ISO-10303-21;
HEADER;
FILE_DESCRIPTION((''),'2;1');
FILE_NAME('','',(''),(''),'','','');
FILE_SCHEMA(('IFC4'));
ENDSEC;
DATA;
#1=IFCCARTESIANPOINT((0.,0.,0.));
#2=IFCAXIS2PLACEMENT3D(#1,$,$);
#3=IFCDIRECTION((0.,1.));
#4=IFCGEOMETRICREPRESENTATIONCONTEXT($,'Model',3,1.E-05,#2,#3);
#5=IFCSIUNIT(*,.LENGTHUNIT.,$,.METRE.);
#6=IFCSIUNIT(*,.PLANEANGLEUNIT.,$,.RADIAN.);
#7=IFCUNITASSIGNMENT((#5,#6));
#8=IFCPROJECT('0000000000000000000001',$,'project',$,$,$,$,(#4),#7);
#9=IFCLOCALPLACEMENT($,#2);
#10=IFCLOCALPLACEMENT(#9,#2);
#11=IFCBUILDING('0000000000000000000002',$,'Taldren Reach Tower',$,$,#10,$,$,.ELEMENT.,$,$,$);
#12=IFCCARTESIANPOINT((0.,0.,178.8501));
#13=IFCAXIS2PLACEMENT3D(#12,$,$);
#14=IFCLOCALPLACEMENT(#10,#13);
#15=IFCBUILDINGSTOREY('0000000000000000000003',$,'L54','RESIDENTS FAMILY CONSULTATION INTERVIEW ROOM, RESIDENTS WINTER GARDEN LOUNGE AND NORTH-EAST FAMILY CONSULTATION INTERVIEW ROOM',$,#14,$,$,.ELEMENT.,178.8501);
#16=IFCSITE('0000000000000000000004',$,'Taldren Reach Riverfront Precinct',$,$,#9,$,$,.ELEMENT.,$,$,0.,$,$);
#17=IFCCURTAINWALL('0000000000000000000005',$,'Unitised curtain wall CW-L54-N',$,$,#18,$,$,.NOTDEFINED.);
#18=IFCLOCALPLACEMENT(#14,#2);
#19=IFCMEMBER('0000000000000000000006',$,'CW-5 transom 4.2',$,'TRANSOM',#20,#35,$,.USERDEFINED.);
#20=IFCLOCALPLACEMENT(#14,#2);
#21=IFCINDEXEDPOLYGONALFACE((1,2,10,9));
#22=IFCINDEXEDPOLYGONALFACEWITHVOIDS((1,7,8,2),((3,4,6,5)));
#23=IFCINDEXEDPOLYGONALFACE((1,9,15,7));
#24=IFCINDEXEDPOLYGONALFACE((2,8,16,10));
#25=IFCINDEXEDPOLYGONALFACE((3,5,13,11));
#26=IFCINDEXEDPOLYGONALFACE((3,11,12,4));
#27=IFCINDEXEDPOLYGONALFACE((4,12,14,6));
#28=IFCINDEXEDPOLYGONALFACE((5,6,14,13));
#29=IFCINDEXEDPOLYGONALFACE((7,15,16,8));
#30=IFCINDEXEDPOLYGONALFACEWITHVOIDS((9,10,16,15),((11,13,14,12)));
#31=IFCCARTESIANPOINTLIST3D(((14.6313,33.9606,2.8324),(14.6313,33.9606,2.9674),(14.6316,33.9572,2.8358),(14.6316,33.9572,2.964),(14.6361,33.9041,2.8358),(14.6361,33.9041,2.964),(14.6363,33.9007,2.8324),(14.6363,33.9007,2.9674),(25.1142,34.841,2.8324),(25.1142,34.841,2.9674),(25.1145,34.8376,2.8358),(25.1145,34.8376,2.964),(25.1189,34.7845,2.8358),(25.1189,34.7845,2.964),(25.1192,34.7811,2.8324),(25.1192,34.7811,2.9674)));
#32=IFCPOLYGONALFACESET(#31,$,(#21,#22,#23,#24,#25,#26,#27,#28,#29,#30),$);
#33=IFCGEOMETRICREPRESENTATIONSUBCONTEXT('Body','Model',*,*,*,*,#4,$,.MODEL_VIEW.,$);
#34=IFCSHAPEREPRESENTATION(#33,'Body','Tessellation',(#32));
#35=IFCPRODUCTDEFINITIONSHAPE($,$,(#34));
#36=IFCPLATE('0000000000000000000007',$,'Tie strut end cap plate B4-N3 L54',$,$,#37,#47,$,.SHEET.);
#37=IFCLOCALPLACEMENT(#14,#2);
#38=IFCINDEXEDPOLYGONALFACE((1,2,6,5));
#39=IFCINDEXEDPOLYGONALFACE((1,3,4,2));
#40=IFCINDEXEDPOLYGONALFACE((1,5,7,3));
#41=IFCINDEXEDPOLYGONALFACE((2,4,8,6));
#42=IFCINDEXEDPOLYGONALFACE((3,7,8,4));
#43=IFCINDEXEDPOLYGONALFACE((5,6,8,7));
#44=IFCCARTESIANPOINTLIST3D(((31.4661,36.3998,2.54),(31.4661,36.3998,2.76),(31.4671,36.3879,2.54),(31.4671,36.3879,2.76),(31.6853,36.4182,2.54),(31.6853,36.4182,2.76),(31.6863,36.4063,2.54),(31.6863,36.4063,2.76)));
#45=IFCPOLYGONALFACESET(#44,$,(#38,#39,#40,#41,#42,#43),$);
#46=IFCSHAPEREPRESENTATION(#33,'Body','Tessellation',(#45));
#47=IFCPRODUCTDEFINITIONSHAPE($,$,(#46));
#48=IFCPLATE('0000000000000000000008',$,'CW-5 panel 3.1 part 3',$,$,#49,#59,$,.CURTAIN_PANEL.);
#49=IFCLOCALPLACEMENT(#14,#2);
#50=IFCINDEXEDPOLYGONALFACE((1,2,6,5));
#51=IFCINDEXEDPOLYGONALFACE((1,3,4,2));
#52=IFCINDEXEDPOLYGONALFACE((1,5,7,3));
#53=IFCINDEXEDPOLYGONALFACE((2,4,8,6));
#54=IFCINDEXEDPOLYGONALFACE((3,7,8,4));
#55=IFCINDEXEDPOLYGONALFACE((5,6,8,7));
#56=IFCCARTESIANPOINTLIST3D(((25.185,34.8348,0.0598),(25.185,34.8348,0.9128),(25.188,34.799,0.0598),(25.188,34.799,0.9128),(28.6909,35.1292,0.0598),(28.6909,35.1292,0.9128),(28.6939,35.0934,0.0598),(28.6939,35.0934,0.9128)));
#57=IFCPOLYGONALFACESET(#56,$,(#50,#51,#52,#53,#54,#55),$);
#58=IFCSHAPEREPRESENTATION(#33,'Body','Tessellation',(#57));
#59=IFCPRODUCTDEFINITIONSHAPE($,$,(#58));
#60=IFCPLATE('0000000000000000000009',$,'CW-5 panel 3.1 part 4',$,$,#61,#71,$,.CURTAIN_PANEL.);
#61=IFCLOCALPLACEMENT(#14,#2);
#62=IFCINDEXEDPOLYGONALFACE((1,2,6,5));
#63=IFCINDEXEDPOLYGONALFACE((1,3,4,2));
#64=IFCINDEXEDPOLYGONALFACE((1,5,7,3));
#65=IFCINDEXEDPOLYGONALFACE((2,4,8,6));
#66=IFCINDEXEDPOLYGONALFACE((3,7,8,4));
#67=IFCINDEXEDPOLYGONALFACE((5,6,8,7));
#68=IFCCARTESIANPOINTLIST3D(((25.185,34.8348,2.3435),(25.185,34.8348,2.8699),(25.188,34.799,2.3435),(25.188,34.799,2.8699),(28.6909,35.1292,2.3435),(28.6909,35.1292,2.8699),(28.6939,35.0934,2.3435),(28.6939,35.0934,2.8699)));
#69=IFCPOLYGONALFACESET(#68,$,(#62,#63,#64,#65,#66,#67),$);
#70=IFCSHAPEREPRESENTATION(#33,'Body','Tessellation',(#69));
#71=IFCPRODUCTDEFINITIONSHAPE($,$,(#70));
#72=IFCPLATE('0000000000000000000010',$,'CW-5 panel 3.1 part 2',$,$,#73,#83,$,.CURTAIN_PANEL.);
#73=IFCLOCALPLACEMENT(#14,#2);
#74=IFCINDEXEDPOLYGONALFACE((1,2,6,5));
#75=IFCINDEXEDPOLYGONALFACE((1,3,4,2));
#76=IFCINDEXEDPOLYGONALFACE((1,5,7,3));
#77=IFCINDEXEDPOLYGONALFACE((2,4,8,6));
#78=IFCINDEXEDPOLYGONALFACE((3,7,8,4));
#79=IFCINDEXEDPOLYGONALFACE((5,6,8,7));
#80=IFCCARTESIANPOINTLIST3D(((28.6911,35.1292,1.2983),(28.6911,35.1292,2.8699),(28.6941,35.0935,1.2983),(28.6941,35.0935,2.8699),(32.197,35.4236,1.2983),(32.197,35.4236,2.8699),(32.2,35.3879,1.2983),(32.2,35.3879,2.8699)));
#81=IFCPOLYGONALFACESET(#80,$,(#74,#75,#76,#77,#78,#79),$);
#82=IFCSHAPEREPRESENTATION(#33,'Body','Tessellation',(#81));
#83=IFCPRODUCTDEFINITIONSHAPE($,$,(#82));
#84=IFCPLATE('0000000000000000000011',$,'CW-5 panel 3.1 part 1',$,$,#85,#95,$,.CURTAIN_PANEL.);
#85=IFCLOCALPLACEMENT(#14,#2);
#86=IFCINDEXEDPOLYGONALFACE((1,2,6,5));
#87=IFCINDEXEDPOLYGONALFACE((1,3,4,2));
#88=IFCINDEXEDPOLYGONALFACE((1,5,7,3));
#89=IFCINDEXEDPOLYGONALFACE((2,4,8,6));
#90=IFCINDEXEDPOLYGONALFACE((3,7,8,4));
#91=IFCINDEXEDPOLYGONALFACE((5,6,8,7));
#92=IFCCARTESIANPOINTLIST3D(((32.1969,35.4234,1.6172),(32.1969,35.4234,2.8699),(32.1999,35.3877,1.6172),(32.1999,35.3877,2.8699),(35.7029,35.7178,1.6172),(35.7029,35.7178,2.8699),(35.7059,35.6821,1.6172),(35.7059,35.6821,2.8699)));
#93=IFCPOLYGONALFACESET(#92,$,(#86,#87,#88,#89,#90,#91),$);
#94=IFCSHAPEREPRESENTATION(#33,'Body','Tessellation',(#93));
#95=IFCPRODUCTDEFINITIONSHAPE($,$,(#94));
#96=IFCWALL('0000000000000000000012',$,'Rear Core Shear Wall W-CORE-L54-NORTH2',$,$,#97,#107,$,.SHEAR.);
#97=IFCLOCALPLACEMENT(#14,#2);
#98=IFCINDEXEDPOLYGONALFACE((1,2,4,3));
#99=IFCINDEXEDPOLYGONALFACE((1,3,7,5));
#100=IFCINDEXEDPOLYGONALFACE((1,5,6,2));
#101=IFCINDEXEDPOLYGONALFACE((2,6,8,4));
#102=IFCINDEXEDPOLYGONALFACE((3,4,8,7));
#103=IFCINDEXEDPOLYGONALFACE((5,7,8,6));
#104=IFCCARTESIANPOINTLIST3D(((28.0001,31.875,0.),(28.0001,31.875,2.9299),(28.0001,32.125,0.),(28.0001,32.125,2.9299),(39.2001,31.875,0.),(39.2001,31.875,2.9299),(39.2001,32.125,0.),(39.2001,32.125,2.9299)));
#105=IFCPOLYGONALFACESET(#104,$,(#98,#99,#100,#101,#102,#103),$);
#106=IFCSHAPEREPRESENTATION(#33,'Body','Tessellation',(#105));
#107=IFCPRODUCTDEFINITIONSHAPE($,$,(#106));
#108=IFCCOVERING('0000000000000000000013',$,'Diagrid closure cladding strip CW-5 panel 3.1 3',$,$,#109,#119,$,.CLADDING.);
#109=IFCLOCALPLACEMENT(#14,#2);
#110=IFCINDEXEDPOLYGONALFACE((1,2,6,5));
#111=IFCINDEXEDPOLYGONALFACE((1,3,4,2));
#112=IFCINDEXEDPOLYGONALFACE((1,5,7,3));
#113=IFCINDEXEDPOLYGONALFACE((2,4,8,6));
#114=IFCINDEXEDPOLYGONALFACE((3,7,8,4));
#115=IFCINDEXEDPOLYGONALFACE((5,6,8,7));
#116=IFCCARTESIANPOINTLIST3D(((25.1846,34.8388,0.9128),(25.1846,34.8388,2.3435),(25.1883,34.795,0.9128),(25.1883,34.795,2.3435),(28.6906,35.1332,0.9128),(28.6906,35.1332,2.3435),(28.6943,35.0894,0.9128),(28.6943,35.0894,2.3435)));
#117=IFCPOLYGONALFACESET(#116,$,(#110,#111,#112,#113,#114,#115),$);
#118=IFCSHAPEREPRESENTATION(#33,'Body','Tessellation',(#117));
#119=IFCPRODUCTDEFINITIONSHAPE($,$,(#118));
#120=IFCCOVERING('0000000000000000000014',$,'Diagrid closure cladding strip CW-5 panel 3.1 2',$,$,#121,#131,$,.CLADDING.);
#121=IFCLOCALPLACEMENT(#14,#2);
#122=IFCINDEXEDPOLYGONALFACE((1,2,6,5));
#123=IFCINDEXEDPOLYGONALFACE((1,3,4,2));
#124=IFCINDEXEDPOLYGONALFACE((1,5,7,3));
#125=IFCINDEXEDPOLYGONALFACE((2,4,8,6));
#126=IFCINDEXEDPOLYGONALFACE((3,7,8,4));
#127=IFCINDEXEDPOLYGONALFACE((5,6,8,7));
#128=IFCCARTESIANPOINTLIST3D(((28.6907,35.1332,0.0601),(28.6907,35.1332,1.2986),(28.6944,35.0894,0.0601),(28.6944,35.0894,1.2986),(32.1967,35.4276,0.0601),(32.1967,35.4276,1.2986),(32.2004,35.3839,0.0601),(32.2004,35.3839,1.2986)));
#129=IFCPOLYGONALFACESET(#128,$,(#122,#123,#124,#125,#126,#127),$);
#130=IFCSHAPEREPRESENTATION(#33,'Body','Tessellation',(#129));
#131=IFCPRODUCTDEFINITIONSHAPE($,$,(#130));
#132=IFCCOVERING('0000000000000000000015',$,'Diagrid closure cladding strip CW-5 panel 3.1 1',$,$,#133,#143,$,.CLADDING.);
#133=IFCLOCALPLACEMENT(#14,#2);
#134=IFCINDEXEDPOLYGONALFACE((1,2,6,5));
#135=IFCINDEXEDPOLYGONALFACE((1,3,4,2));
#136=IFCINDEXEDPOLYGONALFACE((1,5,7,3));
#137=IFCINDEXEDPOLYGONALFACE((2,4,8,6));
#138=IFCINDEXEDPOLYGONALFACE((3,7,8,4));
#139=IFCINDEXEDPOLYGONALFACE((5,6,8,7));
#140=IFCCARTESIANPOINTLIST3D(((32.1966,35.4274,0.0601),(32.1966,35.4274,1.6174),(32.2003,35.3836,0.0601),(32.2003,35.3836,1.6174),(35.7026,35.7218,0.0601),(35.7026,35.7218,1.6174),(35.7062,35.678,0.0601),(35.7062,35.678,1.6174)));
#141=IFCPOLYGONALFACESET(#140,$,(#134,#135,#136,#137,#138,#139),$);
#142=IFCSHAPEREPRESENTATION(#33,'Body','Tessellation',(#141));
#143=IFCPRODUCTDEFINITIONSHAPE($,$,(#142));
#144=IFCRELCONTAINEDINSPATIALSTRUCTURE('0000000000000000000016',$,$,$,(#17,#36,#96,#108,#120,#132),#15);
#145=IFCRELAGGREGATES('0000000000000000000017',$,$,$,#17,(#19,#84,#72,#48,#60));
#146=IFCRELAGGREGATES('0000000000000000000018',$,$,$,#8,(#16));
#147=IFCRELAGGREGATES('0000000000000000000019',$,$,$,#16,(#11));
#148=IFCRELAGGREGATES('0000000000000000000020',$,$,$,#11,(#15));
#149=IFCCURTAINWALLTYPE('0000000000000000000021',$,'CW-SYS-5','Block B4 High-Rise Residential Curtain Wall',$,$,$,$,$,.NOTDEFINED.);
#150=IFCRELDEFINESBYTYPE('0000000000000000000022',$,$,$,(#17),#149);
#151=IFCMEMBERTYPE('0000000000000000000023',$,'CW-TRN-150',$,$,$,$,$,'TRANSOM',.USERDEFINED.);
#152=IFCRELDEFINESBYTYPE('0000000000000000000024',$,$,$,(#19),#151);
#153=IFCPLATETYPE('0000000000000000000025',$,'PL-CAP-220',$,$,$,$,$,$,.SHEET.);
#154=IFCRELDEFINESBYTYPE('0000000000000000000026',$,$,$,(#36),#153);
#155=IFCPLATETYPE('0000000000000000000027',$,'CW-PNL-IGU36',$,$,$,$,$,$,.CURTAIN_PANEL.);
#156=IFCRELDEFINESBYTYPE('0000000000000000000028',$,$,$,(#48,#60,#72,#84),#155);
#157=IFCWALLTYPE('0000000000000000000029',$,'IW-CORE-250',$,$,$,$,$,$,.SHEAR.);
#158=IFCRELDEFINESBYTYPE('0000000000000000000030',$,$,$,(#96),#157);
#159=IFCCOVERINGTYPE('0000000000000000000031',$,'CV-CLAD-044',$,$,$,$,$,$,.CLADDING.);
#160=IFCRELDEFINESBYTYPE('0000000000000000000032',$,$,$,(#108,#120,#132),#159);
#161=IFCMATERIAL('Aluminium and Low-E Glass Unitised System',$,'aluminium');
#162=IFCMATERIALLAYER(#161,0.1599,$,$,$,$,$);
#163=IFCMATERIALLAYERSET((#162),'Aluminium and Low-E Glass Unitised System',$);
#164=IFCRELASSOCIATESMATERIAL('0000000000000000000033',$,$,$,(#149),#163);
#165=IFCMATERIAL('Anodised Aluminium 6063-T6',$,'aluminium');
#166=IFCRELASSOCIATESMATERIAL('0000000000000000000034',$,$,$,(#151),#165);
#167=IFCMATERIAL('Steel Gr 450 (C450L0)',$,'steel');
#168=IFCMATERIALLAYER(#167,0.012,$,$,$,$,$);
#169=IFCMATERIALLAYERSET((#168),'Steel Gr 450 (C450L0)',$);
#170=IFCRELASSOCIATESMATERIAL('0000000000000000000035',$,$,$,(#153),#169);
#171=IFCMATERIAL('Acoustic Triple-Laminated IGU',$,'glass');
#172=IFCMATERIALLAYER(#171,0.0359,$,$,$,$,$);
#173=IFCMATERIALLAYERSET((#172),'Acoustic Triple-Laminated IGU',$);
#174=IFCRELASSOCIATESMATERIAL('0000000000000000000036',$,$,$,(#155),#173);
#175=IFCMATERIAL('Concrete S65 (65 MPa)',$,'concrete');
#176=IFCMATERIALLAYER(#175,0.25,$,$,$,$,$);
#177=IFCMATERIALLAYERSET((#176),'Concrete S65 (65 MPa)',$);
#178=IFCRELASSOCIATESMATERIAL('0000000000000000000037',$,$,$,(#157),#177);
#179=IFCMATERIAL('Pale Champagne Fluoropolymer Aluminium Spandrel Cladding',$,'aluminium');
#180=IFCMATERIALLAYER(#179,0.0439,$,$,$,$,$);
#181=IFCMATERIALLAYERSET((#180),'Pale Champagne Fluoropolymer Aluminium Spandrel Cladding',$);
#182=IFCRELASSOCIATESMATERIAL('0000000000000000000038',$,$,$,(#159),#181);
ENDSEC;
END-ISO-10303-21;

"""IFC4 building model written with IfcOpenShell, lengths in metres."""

from ifc_helpers import new_model, si_unit, direction, frame, frame_2d, origin, origin_2d, place, context, subcontext, project, spatial, rectangle, hollow_rectangle, extrude, source, transform, mapped, material, layer, layer_set, material_profile, profile_set, type_object, element, aggregate, save


model = new_model("IFC4")

# Units and contexts
model_context = context("Model", 3, precision=1e-05, world=origin(), true_north=direction((0.0, 1.0)))
body_context = subcontext(model_context, "Body", "Model", "MODEL_VIEW")
ifc_project = project(units=[si_unit("LENGTHUNIT", "METRE"), si_unit("PLANEANGLEUNIT", "RADIAN")], contexts=[model_context])

# Site, building, storey
site_placement = place(None, origin())
site = spatial("IfcSite", under=ifc_project, at=site_placement, Name="Taldren Reach Riverfront Precinct", CompositionType="ELEMENT", RefElevation=0.0)
building_placement = place(site_placement, origin())
building = spatial("IfcBuilding", under=site, at=building_placement, Name="Taldren Reach Tower", CompositionType="ELEMENT")
storey_placement = place(building_placement, frame((0.0, 0.0, 178.8501)))
storey = spatial("IfcBuildingStorey", under=building, at=storey_placement, Name="L54", Description="RESIDENTS FAMILY CONSULTATION INTERVIEW ROOM, RESIDENTS WINTER GARDEN LOUNGE AND NORTH-EAST FAMILY CONSULTATION INTERVIEW ROOM", CompositionType="ELEMENT", Elevation=178.8501)

# Shared definitions
ifc_material_1 = material(Name="Steel Gr 450 (C450L0)", Category="steel")

# Curtain wall, member
ifc_material_2 = material(Name="Aluminium and Low-E Glass Unitised System", Category="aluminium")
ifc_layer_1 = layer(ifc_material_2, 0.1599)
ifc_layer_set_1 = layer_set([ifc_layer_1], Name="Aluminium and Low-E Glass Unitised System")
curtain_wall_type = type_object("IfcCurtainWallType", Name="CW-SYS-5", Description="Block B4 High-Rise Residential Curtain Wall", PredefinedType="NOTDEFINED", material=ifc_layer_set_1)
curtain_wall_placement = place(storey_placement, origin())
curtain_wall = element("IfcCurtainWall", 1, at=curtain_wall_placement, inside=storey, type_object=curtain_wall_type, Name="Unitised curtain wall CW-L54-N", PredefinedType="NOTDEFINED")
ifc_material_3 = material(Name="Anodised Aluminium 6063-T6", Category="aluminium")
ifc_material_profile_1 = material_profile(ifc_material_3, hollow_rectangle(XDim=0.0601, YDim=0.135, WallThickness=0.0034, at=origin_2d()), Name="ALU-135x60x3.5RHS")
ifc_profile_set_1 = profile_set([ifc_material_profile_1], Name="Anodised Aluminium 6063-T6")
member_type_1 = type_object("IfcMemberType", Name="CW-TRN-150", ElementType="TRANSOM", PredefinedType="USERDEFINED", material=ifc_profile_set_1)
shared_shape_1 = source(origin(), body_context, "Body", "SweptSolid", [
    extrude(hollow_rectangle(XDim=0.0601, YDim=0.135, WallThickness=0.0034, at=origin_2d()), origin(), (0.0, 0.0, 1.0), 10.5198),
])
member_1_placement = place(storey_placement, frame((25.1167, 34.811, 2.8999), z_axis=(-0.996492, -0.083687, 0.0), x_axis=(0.083687, -0.996492, 0.0)))
member_1 = element("IfcMember", 2, at=member_1_placement, type_object=member_type_1, Name="CW-5 transom 4.2", ObjectType="TRANSOM", PredefinedType="USERDEFINED", context=body_context, shape_type="MappedRepresentation", body=[
    mapped(shared_shape_1, transform((0.0, 0.0, 0.0), scale=1.0)),
])

# Plates
ifc_layer_2 = layer(ifc_material_1, 0.012)
ifc_layer_set_2 = layer_set([ifc_layer_2], Name="Steel Gr 450 (C450L0)")
plate_type_1 = type_object("IfcPlateType", Name="PL-CAP-220", PredefinedType="SHEET", material=ifc_layer_set_2)
shared_shape_2 = source(origin(), body_context, "Body", "SweptSolid", [
    extrude(rectangle(XDim=0.22, YDim=0.012, at=origin_2d()), origin(), (0.0, 0.0, 1.0), 0.22),
])
plate_1_placement = place(storey_placement, frame((31.5762, 36.4031, 2.54), z_axis=(0.0, 0.0, 1.0), x_axis=(0.996493, 0.083678, 0.0)))
element("IfcPlate", 3, at=plate_1_placement, inside=storey, type_object=plate_type_1, Name="Tie strut end cap plate B4-N3 L54", PredefinedType="SHEET", context=body_context, shape_type="MappedRepresentation", body=[
    mapped(shared_shape_2, transform((0.0, 0.0, 0.0), scale=1.0)),
])
ifc_material_4 = material(Name="Acoustic Triple-Laminated IGU", Category="glass")
ifc_layer_3 = layer(ifc_material_4, 0.0359)
ifc_layer_set_3 = layer_set([ifc_layer_3], Name="Acoustic Triple-Laminated IGU")
plate_type_2 = type_object("IfcPlateType", Name="CW-PNL-IGU36", PredefinedType="CURTAIN_PANEL", material=ifc_layer_set_3)
shared_shape_3 = source(origin(), body_context, "Body", "SweptSolid", [
    extrude(rectangle(XDim=3.5183, YDim=0.0359, at=origin_2d()), origin(), (0.0, 0.0, 1.0), 0.853),
])
plate_2_placement = place(storey_placement, frame((26.9395, 34.9641, 0.0598), z_axis=(0.0, 0.0, 1.0), x_axis=(-0.996493, -0.083678, 0.0)))
plate_2 = element("IfcPlate", 4, at=plate_2_placement, type_object=plate_type_2, Name="CW-5 panel 3.1 part 3", PredefinedType="CURTAIN_PANEL", context=body_context, shape_type="MappedRepresentation", body=[
    mapped(shared_shape_3, transform((0.0, 0.0, 0.0), scale=1.0)),
])
shared_shape_4 = source(origin(), body_context, "Body", "SweptSolid", [
    extrude(rectangle(XDim=3.5183, YDim=0.0359, at=origin_2d()), origin(), (0.0, 0.0, 1.0), 0.5264),
])
plate_3_placement = place(storey_placement, frame((26.9395, 34.9641, 2.3435), z_axis=(0.0, 0.0, 1.0), x_axis=(-0.996493, -0.083678, 0.0)))
plate_3 = element("IfcPlate", 5, at=plate_3_placement, type_object=plate_type_2, Name="CW-5 panel 3.1 part 4", PredefinedType="CURTAIN_PANEL", context=body_context, shape_type="MappedRepresentation", body=[
    mapped(shared_shape_4, transform((0.0, 0.0, 0.0), scale=1.0)),
])
shared_shape_5 = source(origin(), body_context, "Body", "SweptSolid", [
    extrude(rectangle(XDim=3.5183, YDim=0.0359, at=origin_2d()), origin(), (0.0, 0.0, 1.0), 1.5715),
])
plate_4_placement = place(storey_placement, frame((30.4456, 35.2585, 1.2983), z_axis=(0.0, 0.0, 1.0), x_axis=(-0.996493, -0.083678, 0.0)))
plate_4 = element("IfcPlate", 6, at=plate_4_placement, type_object=plate_type_2, Name="CW-5 panel 3.1 part 2", PredefinedType="CURTAIN_PANEL", context=body_context, shape_type="MappedRepresentation", body=[
    mapped(shared_shape_5, transform((0.0, 0.0, 0.0), scale=1.0)),
])
shared_shape_6 = source(origin(), body_context, "Body", "SweptSolid", [
    extrude(rectangle(XDim=3.5183, YDim=0.0359, at=origin_2d()), origin(), (0.0, 0.0, 1.0), 1.2527),
])
plate_5_placement = place(storey_placement, frame((33.9514, 35.5527, 1.6172), z_axis=(0.0, 0.0, 1.0), x_axis=(-0.996493, -0.083678, 0.0)))
plate_5 = element("IfcPlate", 7, at=plate_5_placement, type_object=plate_type_2, Name="CW-5 panel 3.1 part 1", PredefinedType="CURTAIN_PANEL", context=body_context, shape_type="MappedRepresentation", body=[
    mapped(shared_shape_6, transform((0.0, 0.0, 0.0), scale=1.0)),
])
aggregate(curtain_wall, [member_1, plate_5, plate_4, plate_2, plate_3])

# Wall
ifc_material_5 = material(Name="Concrete S65 (65 MPa)", Category="concrete")
ifc_layer_4 = layer(ifc_material_5, 0.25)
ifc_layer_set_4 = layer_set([ifc_layer_4], Name="Concrete S65 (65 MPa)")
wall_type = type_object("IfcWallType", Name="IW-CORE-250", PredefinedType="SHEAR", material=ifc_layer_set_4)
shared_shape_7 = source(origin(), body_context, "Body", "SweptSolid", [
    extrude(rectangle(XDim=11.2, YDim=0.25, at=frame_2d((5.6001, 0.0))), origin(), (0.0, 0.0, 1.0), 2.9299),
])
wall_placement = place(storey_placement, frame((28.0, 32.0, 0.0), z_axis=(0.0, 0.0, 1.0), x_axis=(1.0, 0.0, 0.0)))
element("IfcWall", 8, at=wall_placement, inside=storey, type_object=wall_type, Name="Rear Core Shear Wall W-CORE-L54-NORTH2", PredefinedType="SHEAR", context=body_context, shape_type="MappedRepresentation", body=[
    mapped(shared_shape_7, transform((0.0, 0.0, 0.0), scale=1.0)),
])

# Coverings
ifc_material_6 = material(Name="Pale Champagne Fluoropolymer Aluminium Spandrel Cladding", Category="aluminium")
ifc_layer_5 = layer(ifc_material_6, 0.0439)
ifc_layer_set_5 = layer_set([ifc_layer_5], Name="Pale Champagne Fluoropolymer Aluminium Spandrel Cladding")
covering_type = type_object("IfcCoveringType", Name="CV-CLAD-044", PredefinedType="CLADDING", material=ifc_layer_set_5)
shared_shape_8 = source(origin(), body_context, "Body", "SweptSolid", [
    extrude(rectangle(XDim=3.5183, YDim=0.0439, at=origin_2d()), origin(), (0.0, 0.0, 1.0), 1.4307),
])
covering_1_placement = place(storey_placement, frame((26.9395, 34.9641, 0.9128), z_axis=(0.0, 0.0, 1.0), x_axis=(-0.996493, -0.083678, 0.0)))
element("IfcCovering", 9, at=covering_1_placement, inside=storey, type_object=covering_type, Name="Diagrid closure cladding strip CW-5 panel 3.1 3", PredefinedType="CLADDING", context=body_context, shape_type="MappedRepresentation", body=[
    mapped(shared_shape_8, transform((0.0, 0.0, 0.0), scale=1.0)),
])
shared_shape_9 = source(origin(), body_context, "Body", "SweptSolid", [
    extrude(rectangle(XDim=3.5183, YDim=0.0439, at=origin_2d()), origin(), (0.0, 0.0, 1.0), 1.2385),
])
covering_2_placement = place(storey_placement, frame((30.4456, 35.2585, 0.0601), z_axis=(0.0, 0.0, 1.0), x_axis=(-0.996493, -0.083678, 0.0)))
element("IfcCovering", 10, at=covering_2_placement, inside=storey, type_object=covering_type, Name="Diagrid closure cladding strip CW-5 panel 3.1 2", PredefinedType="CLADDING", context=body_context, shape_type="MappedRepresentation", body=[
    mapped(shared_shape_9, transform((0.0, 0.0, 0.0), scale=1.0)),
])
shared_shape_10 = source(origin(), body_context, "Body", "SweptSolid", [
    extrude(rectangle(XDim=3.5183, YDim=0.0439, at=origin_2d()), origin(), (0.0, 0.0, 1.0), 1.5574),
])
covering_3_placement = place(storey_placement, frame((33.9514, 35.5527, 0.0601), z_axis=(0.0, 0.0, 1.0), x_axis=(-0.996493, -0.083678, 0.0)))
element("IfcCovering", 11, at=covering_3_placement, inside=storey, type_object=covering_type, Name="Diagrid closure cladding strip CW-5 panel 3.1 1", PredefinedType="CLADDING", context=body_context, shape_type="MappedRepresentation", body=[
    mapped(shared_shape_10, transform((0.0, 0.0, 0.0), scale=1.0)),
])

save(model, "model.ifc")
